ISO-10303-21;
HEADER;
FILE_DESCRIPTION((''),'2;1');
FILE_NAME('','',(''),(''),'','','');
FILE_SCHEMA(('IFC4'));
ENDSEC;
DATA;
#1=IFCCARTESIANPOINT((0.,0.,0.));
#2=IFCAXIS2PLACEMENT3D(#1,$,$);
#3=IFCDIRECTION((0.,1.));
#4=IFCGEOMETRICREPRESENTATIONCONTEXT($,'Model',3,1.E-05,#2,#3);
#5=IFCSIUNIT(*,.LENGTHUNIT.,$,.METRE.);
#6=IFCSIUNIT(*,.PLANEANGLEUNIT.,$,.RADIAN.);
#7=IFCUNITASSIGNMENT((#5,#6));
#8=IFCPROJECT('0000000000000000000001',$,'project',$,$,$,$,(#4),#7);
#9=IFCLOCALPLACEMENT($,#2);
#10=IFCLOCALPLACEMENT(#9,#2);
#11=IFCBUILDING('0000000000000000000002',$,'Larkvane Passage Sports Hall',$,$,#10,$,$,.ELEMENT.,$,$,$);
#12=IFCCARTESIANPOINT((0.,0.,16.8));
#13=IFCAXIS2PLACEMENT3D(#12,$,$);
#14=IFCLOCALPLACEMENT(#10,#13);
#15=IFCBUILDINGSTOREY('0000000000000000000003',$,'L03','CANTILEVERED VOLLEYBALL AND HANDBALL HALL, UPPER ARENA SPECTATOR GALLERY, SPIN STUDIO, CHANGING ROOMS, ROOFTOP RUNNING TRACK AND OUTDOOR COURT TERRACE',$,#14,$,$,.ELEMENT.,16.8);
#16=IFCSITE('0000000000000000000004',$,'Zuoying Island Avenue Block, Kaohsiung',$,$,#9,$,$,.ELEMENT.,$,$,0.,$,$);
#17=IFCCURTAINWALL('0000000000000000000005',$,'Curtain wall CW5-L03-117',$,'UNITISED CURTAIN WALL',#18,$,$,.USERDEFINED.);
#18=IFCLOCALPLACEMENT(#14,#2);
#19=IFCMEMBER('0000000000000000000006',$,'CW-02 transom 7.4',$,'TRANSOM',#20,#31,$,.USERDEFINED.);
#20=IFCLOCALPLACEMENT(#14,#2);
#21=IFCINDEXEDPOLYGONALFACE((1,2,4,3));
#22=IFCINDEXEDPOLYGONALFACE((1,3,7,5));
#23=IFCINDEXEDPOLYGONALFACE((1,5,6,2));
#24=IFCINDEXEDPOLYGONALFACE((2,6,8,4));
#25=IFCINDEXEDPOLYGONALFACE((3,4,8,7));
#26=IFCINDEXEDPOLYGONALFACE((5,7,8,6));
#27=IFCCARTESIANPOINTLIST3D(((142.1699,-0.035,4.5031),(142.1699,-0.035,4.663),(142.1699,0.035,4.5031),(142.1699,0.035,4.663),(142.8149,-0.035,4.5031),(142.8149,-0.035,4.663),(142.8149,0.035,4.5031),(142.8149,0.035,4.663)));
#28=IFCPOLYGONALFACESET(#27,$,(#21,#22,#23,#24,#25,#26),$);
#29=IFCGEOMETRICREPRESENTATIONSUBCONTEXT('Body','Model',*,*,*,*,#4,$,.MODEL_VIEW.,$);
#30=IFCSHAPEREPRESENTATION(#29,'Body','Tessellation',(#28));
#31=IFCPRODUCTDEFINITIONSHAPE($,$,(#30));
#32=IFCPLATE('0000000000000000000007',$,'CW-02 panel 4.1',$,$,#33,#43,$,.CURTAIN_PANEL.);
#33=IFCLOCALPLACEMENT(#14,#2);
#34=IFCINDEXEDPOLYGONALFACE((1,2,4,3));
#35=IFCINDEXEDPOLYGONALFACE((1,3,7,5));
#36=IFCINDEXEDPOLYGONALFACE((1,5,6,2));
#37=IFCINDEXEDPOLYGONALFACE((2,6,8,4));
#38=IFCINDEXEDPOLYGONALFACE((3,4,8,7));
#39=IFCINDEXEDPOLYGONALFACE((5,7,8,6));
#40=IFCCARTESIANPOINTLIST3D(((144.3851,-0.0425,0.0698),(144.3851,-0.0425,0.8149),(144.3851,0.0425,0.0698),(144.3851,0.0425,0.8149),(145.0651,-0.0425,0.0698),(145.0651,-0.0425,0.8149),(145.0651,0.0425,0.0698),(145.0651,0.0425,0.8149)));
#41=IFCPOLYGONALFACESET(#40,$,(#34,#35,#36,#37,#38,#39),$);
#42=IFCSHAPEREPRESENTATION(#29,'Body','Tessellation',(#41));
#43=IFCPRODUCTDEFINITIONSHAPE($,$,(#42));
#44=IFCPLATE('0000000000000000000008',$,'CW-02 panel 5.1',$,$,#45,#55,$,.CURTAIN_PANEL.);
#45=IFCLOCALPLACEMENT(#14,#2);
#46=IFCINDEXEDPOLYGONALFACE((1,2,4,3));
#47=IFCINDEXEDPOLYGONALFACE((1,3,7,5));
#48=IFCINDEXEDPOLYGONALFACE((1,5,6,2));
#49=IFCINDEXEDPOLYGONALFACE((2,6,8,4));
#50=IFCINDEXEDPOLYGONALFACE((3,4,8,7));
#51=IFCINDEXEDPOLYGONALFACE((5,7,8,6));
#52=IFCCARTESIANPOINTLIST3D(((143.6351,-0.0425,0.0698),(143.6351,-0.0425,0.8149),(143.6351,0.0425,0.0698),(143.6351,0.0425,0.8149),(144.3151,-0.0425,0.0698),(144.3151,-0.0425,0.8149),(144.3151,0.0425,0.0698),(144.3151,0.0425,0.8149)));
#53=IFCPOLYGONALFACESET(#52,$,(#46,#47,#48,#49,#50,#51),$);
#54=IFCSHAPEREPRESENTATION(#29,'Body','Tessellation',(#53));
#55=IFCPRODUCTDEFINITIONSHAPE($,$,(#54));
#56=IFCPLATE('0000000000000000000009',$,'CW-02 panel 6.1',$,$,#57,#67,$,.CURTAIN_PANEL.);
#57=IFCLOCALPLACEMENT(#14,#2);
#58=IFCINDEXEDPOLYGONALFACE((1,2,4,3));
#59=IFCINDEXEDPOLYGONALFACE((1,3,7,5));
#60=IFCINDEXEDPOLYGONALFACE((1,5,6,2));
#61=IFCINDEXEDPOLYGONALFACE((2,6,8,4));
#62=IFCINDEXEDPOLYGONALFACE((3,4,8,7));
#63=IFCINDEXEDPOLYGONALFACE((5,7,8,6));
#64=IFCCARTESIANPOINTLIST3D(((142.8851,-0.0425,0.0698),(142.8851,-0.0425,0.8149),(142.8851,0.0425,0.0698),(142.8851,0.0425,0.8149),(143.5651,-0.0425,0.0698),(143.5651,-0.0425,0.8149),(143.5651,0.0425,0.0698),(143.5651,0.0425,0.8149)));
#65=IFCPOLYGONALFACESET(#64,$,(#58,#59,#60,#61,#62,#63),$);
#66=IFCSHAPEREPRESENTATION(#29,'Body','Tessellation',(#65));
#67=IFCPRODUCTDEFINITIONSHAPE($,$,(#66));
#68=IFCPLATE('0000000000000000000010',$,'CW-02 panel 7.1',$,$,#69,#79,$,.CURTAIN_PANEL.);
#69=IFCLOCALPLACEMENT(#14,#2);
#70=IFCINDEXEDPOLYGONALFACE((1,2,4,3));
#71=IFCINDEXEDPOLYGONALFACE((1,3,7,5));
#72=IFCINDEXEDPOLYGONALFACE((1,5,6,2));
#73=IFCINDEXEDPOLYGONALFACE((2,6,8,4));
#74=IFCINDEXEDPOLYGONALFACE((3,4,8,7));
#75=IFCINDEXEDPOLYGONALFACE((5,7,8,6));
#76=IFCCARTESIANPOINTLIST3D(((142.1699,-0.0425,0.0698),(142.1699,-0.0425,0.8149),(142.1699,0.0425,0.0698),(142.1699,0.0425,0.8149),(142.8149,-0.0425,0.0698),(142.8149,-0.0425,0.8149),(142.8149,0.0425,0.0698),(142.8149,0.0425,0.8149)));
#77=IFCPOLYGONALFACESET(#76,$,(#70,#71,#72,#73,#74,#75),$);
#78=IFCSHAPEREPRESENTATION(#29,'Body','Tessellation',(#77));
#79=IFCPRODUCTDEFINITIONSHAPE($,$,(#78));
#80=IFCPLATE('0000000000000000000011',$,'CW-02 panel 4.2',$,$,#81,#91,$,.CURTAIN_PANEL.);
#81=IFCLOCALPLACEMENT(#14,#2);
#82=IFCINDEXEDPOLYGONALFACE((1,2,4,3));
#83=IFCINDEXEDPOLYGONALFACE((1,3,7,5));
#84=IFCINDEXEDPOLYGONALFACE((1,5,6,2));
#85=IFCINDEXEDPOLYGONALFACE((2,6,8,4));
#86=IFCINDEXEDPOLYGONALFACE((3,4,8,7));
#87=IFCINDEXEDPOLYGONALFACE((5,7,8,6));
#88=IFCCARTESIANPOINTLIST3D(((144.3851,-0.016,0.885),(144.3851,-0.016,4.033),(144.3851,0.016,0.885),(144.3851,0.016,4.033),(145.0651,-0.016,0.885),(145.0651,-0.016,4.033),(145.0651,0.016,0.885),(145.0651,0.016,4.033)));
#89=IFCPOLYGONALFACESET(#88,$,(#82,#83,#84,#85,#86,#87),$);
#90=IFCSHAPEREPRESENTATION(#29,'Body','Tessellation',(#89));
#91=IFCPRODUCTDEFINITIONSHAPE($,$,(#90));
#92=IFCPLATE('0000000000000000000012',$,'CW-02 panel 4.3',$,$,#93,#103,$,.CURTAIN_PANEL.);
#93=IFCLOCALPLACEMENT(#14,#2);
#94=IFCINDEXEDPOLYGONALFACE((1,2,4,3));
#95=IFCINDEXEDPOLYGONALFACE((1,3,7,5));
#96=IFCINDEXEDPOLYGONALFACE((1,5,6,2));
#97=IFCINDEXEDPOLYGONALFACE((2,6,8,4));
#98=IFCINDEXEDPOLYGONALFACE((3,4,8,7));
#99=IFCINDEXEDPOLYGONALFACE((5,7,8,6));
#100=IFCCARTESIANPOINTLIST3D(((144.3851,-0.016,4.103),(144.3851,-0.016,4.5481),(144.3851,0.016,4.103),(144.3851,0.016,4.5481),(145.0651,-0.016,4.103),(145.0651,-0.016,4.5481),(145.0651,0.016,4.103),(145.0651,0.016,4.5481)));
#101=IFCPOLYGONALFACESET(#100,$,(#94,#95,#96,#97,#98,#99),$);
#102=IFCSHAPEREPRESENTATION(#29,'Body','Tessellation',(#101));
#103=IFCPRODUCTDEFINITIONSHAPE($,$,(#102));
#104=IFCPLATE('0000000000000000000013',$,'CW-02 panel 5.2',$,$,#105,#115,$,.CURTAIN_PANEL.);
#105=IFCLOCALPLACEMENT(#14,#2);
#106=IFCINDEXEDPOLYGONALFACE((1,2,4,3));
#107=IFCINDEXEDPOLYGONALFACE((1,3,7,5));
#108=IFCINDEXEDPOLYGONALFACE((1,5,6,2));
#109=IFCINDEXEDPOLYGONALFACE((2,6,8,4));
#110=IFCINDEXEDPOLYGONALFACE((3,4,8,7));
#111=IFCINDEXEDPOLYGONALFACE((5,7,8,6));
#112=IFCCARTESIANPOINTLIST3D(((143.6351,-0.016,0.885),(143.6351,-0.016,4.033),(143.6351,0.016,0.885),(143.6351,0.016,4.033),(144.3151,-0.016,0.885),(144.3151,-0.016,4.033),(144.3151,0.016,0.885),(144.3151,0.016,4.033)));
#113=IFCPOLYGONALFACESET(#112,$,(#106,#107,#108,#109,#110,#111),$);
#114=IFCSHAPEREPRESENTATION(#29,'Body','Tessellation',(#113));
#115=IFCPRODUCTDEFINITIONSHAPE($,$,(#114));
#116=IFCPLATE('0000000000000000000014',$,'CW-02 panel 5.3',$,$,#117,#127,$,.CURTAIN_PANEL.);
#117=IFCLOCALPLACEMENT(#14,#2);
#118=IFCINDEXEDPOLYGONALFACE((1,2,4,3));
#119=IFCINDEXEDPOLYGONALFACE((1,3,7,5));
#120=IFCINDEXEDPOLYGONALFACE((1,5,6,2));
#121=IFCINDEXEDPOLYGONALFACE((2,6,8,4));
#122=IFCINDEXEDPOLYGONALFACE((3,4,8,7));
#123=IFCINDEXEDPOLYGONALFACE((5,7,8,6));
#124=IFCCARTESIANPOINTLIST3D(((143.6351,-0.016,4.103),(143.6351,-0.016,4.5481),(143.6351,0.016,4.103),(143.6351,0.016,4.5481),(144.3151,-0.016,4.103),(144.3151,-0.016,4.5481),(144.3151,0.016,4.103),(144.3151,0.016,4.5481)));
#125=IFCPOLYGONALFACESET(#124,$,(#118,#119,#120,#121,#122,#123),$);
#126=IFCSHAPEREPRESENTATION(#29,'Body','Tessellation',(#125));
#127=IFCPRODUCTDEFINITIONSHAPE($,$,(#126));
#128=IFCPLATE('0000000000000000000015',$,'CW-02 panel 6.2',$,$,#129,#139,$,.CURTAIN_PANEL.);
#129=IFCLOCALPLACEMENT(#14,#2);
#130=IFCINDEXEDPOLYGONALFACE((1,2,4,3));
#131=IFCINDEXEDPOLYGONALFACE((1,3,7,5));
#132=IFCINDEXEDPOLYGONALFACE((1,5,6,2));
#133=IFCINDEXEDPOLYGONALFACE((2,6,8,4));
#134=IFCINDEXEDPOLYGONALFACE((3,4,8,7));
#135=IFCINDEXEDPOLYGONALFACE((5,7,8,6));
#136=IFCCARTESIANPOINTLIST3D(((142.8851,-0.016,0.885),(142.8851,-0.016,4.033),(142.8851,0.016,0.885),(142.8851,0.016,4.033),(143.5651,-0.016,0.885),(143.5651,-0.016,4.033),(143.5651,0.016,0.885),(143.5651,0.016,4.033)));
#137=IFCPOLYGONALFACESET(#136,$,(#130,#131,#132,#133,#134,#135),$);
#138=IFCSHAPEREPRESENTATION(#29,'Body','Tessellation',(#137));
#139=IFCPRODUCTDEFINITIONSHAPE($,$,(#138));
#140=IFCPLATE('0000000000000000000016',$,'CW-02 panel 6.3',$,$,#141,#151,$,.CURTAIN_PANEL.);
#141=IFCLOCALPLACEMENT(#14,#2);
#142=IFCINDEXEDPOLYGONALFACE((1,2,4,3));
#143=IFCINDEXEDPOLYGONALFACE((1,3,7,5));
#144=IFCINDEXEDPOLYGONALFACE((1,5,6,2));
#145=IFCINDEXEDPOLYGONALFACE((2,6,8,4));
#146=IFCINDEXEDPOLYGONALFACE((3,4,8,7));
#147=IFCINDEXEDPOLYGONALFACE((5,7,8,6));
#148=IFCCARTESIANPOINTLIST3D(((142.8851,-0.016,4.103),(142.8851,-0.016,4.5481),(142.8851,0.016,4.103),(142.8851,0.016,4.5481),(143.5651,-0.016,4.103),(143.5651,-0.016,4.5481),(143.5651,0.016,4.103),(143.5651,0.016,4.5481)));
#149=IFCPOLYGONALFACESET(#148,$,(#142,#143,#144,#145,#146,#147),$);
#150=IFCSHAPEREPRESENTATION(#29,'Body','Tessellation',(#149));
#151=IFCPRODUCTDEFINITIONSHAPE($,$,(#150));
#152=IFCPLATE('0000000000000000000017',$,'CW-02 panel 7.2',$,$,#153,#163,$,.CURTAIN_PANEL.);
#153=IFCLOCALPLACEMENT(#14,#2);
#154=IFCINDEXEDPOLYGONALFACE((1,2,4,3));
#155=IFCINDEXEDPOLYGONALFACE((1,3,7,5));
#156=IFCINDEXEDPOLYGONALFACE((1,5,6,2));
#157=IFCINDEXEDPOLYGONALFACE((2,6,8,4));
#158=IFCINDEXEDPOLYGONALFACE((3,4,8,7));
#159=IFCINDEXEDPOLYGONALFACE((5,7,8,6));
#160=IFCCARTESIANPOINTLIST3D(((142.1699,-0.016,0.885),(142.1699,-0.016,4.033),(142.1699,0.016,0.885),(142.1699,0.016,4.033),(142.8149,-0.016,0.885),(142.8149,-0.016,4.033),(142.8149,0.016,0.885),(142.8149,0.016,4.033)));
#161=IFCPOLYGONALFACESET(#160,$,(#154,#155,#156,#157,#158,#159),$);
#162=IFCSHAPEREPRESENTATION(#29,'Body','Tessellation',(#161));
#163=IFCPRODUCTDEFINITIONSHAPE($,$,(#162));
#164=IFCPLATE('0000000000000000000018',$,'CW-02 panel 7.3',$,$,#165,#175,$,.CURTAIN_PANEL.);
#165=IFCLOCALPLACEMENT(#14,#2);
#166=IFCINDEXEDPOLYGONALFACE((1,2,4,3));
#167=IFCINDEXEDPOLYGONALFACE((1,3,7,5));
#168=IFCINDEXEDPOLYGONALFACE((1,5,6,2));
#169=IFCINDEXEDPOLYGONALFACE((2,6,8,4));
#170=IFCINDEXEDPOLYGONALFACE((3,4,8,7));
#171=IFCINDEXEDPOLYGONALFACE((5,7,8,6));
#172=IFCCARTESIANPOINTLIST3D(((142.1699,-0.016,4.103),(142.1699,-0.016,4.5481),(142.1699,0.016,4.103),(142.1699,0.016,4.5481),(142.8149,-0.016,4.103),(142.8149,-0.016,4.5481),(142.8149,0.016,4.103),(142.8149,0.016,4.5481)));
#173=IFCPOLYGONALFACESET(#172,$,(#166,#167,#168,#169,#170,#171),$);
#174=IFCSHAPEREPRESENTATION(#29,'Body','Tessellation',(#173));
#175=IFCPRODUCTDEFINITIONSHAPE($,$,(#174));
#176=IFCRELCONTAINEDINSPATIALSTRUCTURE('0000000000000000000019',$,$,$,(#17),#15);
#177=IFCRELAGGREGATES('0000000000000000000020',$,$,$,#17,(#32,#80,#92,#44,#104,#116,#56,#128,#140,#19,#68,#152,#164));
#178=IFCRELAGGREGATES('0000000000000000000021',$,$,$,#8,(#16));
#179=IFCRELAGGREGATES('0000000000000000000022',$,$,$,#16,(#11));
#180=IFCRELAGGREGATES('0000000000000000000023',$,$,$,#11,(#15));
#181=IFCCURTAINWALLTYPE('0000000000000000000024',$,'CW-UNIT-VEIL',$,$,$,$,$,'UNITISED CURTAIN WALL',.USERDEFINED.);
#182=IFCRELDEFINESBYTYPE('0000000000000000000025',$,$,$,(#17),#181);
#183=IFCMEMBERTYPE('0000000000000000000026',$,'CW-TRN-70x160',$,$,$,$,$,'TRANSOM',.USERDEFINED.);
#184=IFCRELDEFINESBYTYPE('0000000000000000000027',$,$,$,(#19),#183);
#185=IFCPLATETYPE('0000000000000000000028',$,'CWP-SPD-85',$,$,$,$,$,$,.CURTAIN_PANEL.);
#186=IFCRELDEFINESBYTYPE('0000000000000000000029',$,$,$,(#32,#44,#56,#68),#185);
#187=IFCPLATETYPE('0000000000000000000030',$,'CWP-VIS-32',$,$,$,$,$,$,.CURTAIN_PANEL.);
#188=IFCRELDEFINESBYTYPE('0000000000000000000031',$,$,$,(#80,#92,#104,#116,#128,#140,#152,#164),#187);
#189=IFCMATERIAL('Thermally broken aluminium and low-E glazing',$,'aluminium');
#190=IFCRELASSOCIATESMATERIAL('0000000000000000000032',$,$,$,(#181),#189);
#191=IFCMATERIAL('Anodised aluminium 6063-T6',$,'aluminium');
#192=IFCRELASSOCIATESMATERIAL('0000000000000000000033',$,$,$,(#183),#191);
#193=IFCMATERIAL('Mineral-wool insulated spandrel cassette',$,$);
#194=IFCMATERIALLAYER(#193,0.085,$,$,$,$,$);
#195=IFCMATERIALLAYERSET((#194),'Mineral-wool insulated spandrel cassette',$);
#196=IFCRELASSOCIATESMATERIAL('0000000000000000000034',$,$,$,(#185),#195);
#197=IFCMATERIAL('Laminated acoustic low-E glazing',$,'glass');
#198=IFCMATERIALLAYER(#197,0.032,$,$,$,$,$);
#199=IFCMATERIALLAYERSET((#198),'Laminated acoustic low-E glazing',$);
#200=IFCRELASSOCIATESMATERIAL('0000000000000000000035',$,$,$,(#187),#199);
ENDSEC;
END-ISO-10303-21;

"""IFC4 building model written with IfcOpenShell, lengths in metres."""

from ifc_helpers import new_model, si_unit, direction, frame, origin, origin_2d, place, context, subcontext, project, spatial, rectangle, extrude, material, layer, layer_set, material_profile, profile_set, type_object, element, aggregate, save


model = new_model("IFC4")

# Units and contexts
model_context = context("Model", 3, precision=1e-05, world=origin(), true_north=direction((0.0, 1.0)))
body_context = subcontext(model_context, "Body", "Model", "MODEL_VIEW")
ifc_project = project(units=[si_unit("LENGTHUNIT", "METRE"), si_unit("PLANEANGLEUNIT", "RADIAN")], contexts=[model_context])

# Site, building, storey
site_placement = place(None, origin())
site = spatial("IfcSite", under=ifc_project, at=site_placement, Name="Zuoying Island Avenue Block, Kaohsiung", CompositionType="ELEMENT", RefElevation=0.0)
building_placement = place(site_placement, origin())
building = spatial("IfcBuilding", under=site, at=building_placement, Name="Larkvane Passage Sports Hall", CompositionType="ELEMENT")
storey_placement = place(building_placement, frame((0.0, 0.0, 16.8)))
storey = spatial("IfcBuildingStorey", under=building, at=storey_placement, Name="L03", Description="CANTILEVERED VOLLEYBALL AND HANDBALL HALL, UPPER ARENA SPECTATOR GALLERY, SPIN STUDIO, CHANGING ROOMS, ROOFTOP RUNNING TRACK AND OUTDOOR COURT TERRACE", CompositionType="ELEMENT", Elevation=16.8)

# Curtain wall, member, plates
ifc_material_1 = material(Name="Thermally broken aluminium and low-E glazing", Category="aluminium")
curtain_wall_type = type_object("IfcCurtainWallType", Name="CW-UNIT-VEIL", ElementType="UNITISED CURTAIN WALL", PredefinedType="USERDEFINED", material=ifc_material_1)
curtain_wall_placement = place(storey_placement, origin())
curtain_wall = element("IfcCurtainWall", 1, at=curtain_wall_placement, inside=storey, type_object=curtain_wall_type, Name="Curtain wall CW5-L03-117", ObjectType="UNITISED CURTAIN WALL", PredefinedType="USERDEFINED")
ifc_material_2 = material(Name="Anodised aluminium 6063-T6", Category="aluminium")
ifc_material_profile_1 = material_profile(ifc_material_2, rectangle(XDim=0.0701, YDim=0.1599, at=origin_2d()), Name="ALU-TRN-70x160")
ifc_profile_set_1 = profile_set([ifc_material_profile_1], Name="Anodised aluminium 6063-T6")
member_type_1 = type_object("IfcMemberType", Name="CW-TRN-70x160", ElementType="TRANSOM", PredefinedType="USERDEFINED", material=ifc_profile_set_1)
member_1_placement = place(storey_placement, frame((142.8149, 0.0, 4.583), z_axis=(-1.0, 0.0, 0.0), x_axis=(0.0, -1.0, 0.0)))
member_1 = element("IfcMember", 2, at=member_1_placement, type_object=member_type_1, Name="CW-02 transom 7.4", ObjectType="TRANSOM", PredefinedType="USERDEFINED", context=body_context, shape_type="SweptSolid", body=[
    extrude(rectangle(XDim=0.0701, YDim=0.1599, at=origin_2d()), origin(), (0.0, 0.0, 1.0), 0.645),
])
ifc_material_3 = material(Name="Mineral-wool insulated spandrel cassette")
ifc_layer_1 = layer(ifc_material_3, 0.085)
ifc_layer_set_1 = layer_set([ifc_layer_1], Name="Mineral-wool insulated spandrel cassette")
plate_type_1 = type_object("IfcPlateType", Name="CWP-SPD-85", PredefinedType="CURTAIN_PANEL", material=ifc_layer_set_1)
plate_1_placement = place(storey_placement, frame((144.7251, 0.0, 0.0698), z_axis=(0.0, 0.0, 1.0), x_axis=(-1.0, 0.0, 0.0)))
plate_1 = element("IfcPlate", 3, at=plate_1_placement, type_object=plate_type_1, Name="CW-02 panel 4.1", PredefinedType="CURTAIN_PANEL", context=body_context, shape_type="SweptSolid", body=[
    extrude(rectangle(XDim=0.6799, YDim=0.085, at=origin_2d()), origin(), (0.0, 0.0, 1.0), 0.7451),
])
plate_2_placement = place(storey_placement, frame((143.9751, 0.0, 0.0698), z_axis=(0.0, 0.0, 1.0), x_axis=(-1.0, 0.0, 0.0)))
plate_2 = element("IfcPlate", 4, at=plate_2_placement, type_object=plate_type_1, Name="CW-02 panel 5.1", PredefinedType="CURTAIN_PANEL", context=body_context, shape_type="SweptSolid", body=[
    extrude(rectangle(XDim=0.6799, YDim=0.085, at=origin_2d()), origin(), (0.0, 0.0, 1.0), 0.7451),
])
plate_3_placement = place(storey_placement, frame((143.2251, 0.0, 0.0698), z_axis=(0.0, 0.0, 1.0), x_axis=(-1.0, 0.0, 0.0)))
plate_3 = element("IfcPlate", 5, at=plate_3_placement, type_object=plate_type_1, Name="CW-02 panel 6.1", PredefinedType="CURTAIN_PANEL", context=body_context, shape_type="SweptSolid", body=[
    extrude(rectangle(XDim=0.6799, YDim=0.085, at=origin_2d()), origin(), (0.0, 0.0, 1.0), 0.7451),
])
plate_4_placement = place(storey_placement, frame((142.4924, 0.0, 0.0698), z_axis=(0.0, 0.0, 1.0), x_axis=(-1.0, 0.0, 0.0)))
plate_4 = element("IfcPlate", 6, at=plate_4_placement, type_object=plate_type_1, Name="CW-02 panel 7.1", PredefinedType="CURTAIN_PANEL", context=body_context, shape_type="SweptSolid", body=[
    extrude(rectangle(XDim=0.645, YDim=0.085, at=origin_2d()), origin(), (0.0, 0.0, 1.0), 0.7451),
])
ifc_material_4 = material(Name="Laminated acoustic low-E glazing", Category="glass")
ifc_layer_2 = layer(ifc_material_4, 0.032)
ifc_layer_set_2 = layer_set([ifc_layer_2], Name="Laminated acoustic low-E glazing")
plate_type_2 = type_object("IfcPlateType", Name="CWP-VIS-32", PredefinedType="CURTAIN_PANEL", material=ifc_layer_set_2)
plate_5_placement = place(storey_placement, frame((144.7251, 0.0, 0.885), z_axis=(0.0, 0.0, 1.0), x_axis=(-1.0, 0.0, 0.0)))
plate_5 = element("IfcPlate", 7, at=plate_5_placement, type_object=plate_type_2, Name="CW-02 panel 4.2", PredefinedType="CURTAIN_PANEL", context=body_context, shape_type="SweptSolid", body=[
    extrude(rectangle(XDim=0.6799, YDim=0.032, at=origin_2d()), origin(), (0.0, 0.0, 1.0), 3.1479),
])
plate_6_placement = place(storey_placement, frame((144.7251, 0.0, 4.103), z_axis=(0.0, 0.0, 1.0), x_axis=(-1.0, 0.0, 0.0)))
plate_6 = element("IfcPlate", 8, at=plate_6_placement, type_object=plate_type_2, Name="CW-02 panel 4.3", PredefinedType="CURTAIN_PANEL", context=body_context, shape_type="SweptSolid", body=[
    extrude(rectangle(XDim=0.6799, YDim=0.032, at=origin_2d()), origin(), (0.0, 0.0, 1.0), 0.4451),
])
plate_7_placement = place(storey_placement, frame((143.9751, 0.0, 0.885), z_axis=(0.0, 0.0, 1.0), x_axis=(-1.0, 0.0, 0.0)))
plate_7 = element("IfcPlate", 9, at=plate_7_placement, type_object=plate_type_2, Name="CW-02 panel 5.2", PredefinedType="CURTAIN_PANEL", context=body_context, shape_type="SweptSolid", body=[
    extrude(rectangle(XDim=0.6799, YDim=0.032, at=origin_2d()), origin(), (0.0, 0.0, 1.0), 3.1479),
])
plate_8_placement = place(storey_placement, frame((143.9751, 0.0, 4.103), z_axis=(0.0, 0.0, 1.0), x_axis=(-1.0, 0.0, 0.0)))
plate_8 = element("IfcPlate", 10, at=plate_8_placement, type_object=plate_type_2, Name="CW-02 panel 5.3", PredefinedType="CURTAIN_PANEL", context=body_context, shape_type="SweptSolid", body=[
    extrude(rectangle(XDim=0.6799, YDim=0.032, at=origin_2d()), origin(), (0.0, 0.0, 1.0), 0.4451),
])
plate_9_placement = place(storey_placement, frame((143.2251, 0.0, 0.885), z_axis=(0.0, 0.0, 1.0), x_axis=(-1.0, 0.0, 0.0)))
plate_9 = element("IfcPlate", 11, at=plate_9_placement, type_object=plate_type_2, Name="CW-02 panel 6.2", PredefinedType="CURTAIN_PANEL", context=body_context, shape_type="SweptSolid", body=[
    extrude(rectangle(XDim=0.6799, YDim=0.032, at=origin_2d()), origin(), (0.0, 0.0, 1.0), 3.1479),
])
plate_10_placement = place(storey_placement, frame((143.2251, 0.0, 4.103), z_axis=(0.0, 0.0, 1.0), x_axis=(-1.0, 0.0, 0.0)))
plate_10 = element("IfcPlate", 12, at=plate_10_placement, type_object=plate_type_2, Name="CW-02 panel 6.3", PredefinedType="CURTAIN_PANEL", context=body_context, shape_type="SweptSolid", body=[
    extrude(rectangle(XDim=0.6799, YDim=0.032, at=origin_2d()), origin(), (0.0, 0.0, 1.0), 0.4451),
])
plate_11_placement = place(storey_placement, frame((142.4924, 0.0, 0.885), z_axis=(0.0, 0.0, 1.0), x_axis=(-1.0, 0.0, 0.0)))
plate_11 = element("IfcPlate", 13, at=plate_11_placement, type_object=plate_type_2, Name="CW-02 panel 7.2", PredefinedType="CURTAIN_PANEL", context=body_context, shape_type="SweptSolid", body=[
    extrude(rectangle(XDim=0.645, YDim=0.032, at=origin_2d()), origin(), (0.0, 0.0, 1.0), 3.1479),
])
plate_12_placement = place(storey_placement, frame((142.4924, 0.0, 4.103), z_axis=(0.0, 0.0, 1.0), x_axis=(-1.0, 0.0, 0.0)))
plate_12 = element("IfcPlate", 14, at=plate_12_placement, type_object=plate_type_2, Name="CW-02 panel 7.3", PredefinedType="CURTAIN_PANEL", context=body_context, shape_type="SweptSolid", body=[
    extrude(rectangle(XDim=0.645, YDim=0.032, at=origin_2d()), origin(), (0.0, 0.0, 1.0), 0.4451),
])
aggregate(curtain_wall, [plate_1, plate_5, plate_6, plate_2, plate_7, plate_8, plate_3, plate_9, plate_10, member_1, plate_4, plate_11, plate_12])

save(model, "model.ifc")
